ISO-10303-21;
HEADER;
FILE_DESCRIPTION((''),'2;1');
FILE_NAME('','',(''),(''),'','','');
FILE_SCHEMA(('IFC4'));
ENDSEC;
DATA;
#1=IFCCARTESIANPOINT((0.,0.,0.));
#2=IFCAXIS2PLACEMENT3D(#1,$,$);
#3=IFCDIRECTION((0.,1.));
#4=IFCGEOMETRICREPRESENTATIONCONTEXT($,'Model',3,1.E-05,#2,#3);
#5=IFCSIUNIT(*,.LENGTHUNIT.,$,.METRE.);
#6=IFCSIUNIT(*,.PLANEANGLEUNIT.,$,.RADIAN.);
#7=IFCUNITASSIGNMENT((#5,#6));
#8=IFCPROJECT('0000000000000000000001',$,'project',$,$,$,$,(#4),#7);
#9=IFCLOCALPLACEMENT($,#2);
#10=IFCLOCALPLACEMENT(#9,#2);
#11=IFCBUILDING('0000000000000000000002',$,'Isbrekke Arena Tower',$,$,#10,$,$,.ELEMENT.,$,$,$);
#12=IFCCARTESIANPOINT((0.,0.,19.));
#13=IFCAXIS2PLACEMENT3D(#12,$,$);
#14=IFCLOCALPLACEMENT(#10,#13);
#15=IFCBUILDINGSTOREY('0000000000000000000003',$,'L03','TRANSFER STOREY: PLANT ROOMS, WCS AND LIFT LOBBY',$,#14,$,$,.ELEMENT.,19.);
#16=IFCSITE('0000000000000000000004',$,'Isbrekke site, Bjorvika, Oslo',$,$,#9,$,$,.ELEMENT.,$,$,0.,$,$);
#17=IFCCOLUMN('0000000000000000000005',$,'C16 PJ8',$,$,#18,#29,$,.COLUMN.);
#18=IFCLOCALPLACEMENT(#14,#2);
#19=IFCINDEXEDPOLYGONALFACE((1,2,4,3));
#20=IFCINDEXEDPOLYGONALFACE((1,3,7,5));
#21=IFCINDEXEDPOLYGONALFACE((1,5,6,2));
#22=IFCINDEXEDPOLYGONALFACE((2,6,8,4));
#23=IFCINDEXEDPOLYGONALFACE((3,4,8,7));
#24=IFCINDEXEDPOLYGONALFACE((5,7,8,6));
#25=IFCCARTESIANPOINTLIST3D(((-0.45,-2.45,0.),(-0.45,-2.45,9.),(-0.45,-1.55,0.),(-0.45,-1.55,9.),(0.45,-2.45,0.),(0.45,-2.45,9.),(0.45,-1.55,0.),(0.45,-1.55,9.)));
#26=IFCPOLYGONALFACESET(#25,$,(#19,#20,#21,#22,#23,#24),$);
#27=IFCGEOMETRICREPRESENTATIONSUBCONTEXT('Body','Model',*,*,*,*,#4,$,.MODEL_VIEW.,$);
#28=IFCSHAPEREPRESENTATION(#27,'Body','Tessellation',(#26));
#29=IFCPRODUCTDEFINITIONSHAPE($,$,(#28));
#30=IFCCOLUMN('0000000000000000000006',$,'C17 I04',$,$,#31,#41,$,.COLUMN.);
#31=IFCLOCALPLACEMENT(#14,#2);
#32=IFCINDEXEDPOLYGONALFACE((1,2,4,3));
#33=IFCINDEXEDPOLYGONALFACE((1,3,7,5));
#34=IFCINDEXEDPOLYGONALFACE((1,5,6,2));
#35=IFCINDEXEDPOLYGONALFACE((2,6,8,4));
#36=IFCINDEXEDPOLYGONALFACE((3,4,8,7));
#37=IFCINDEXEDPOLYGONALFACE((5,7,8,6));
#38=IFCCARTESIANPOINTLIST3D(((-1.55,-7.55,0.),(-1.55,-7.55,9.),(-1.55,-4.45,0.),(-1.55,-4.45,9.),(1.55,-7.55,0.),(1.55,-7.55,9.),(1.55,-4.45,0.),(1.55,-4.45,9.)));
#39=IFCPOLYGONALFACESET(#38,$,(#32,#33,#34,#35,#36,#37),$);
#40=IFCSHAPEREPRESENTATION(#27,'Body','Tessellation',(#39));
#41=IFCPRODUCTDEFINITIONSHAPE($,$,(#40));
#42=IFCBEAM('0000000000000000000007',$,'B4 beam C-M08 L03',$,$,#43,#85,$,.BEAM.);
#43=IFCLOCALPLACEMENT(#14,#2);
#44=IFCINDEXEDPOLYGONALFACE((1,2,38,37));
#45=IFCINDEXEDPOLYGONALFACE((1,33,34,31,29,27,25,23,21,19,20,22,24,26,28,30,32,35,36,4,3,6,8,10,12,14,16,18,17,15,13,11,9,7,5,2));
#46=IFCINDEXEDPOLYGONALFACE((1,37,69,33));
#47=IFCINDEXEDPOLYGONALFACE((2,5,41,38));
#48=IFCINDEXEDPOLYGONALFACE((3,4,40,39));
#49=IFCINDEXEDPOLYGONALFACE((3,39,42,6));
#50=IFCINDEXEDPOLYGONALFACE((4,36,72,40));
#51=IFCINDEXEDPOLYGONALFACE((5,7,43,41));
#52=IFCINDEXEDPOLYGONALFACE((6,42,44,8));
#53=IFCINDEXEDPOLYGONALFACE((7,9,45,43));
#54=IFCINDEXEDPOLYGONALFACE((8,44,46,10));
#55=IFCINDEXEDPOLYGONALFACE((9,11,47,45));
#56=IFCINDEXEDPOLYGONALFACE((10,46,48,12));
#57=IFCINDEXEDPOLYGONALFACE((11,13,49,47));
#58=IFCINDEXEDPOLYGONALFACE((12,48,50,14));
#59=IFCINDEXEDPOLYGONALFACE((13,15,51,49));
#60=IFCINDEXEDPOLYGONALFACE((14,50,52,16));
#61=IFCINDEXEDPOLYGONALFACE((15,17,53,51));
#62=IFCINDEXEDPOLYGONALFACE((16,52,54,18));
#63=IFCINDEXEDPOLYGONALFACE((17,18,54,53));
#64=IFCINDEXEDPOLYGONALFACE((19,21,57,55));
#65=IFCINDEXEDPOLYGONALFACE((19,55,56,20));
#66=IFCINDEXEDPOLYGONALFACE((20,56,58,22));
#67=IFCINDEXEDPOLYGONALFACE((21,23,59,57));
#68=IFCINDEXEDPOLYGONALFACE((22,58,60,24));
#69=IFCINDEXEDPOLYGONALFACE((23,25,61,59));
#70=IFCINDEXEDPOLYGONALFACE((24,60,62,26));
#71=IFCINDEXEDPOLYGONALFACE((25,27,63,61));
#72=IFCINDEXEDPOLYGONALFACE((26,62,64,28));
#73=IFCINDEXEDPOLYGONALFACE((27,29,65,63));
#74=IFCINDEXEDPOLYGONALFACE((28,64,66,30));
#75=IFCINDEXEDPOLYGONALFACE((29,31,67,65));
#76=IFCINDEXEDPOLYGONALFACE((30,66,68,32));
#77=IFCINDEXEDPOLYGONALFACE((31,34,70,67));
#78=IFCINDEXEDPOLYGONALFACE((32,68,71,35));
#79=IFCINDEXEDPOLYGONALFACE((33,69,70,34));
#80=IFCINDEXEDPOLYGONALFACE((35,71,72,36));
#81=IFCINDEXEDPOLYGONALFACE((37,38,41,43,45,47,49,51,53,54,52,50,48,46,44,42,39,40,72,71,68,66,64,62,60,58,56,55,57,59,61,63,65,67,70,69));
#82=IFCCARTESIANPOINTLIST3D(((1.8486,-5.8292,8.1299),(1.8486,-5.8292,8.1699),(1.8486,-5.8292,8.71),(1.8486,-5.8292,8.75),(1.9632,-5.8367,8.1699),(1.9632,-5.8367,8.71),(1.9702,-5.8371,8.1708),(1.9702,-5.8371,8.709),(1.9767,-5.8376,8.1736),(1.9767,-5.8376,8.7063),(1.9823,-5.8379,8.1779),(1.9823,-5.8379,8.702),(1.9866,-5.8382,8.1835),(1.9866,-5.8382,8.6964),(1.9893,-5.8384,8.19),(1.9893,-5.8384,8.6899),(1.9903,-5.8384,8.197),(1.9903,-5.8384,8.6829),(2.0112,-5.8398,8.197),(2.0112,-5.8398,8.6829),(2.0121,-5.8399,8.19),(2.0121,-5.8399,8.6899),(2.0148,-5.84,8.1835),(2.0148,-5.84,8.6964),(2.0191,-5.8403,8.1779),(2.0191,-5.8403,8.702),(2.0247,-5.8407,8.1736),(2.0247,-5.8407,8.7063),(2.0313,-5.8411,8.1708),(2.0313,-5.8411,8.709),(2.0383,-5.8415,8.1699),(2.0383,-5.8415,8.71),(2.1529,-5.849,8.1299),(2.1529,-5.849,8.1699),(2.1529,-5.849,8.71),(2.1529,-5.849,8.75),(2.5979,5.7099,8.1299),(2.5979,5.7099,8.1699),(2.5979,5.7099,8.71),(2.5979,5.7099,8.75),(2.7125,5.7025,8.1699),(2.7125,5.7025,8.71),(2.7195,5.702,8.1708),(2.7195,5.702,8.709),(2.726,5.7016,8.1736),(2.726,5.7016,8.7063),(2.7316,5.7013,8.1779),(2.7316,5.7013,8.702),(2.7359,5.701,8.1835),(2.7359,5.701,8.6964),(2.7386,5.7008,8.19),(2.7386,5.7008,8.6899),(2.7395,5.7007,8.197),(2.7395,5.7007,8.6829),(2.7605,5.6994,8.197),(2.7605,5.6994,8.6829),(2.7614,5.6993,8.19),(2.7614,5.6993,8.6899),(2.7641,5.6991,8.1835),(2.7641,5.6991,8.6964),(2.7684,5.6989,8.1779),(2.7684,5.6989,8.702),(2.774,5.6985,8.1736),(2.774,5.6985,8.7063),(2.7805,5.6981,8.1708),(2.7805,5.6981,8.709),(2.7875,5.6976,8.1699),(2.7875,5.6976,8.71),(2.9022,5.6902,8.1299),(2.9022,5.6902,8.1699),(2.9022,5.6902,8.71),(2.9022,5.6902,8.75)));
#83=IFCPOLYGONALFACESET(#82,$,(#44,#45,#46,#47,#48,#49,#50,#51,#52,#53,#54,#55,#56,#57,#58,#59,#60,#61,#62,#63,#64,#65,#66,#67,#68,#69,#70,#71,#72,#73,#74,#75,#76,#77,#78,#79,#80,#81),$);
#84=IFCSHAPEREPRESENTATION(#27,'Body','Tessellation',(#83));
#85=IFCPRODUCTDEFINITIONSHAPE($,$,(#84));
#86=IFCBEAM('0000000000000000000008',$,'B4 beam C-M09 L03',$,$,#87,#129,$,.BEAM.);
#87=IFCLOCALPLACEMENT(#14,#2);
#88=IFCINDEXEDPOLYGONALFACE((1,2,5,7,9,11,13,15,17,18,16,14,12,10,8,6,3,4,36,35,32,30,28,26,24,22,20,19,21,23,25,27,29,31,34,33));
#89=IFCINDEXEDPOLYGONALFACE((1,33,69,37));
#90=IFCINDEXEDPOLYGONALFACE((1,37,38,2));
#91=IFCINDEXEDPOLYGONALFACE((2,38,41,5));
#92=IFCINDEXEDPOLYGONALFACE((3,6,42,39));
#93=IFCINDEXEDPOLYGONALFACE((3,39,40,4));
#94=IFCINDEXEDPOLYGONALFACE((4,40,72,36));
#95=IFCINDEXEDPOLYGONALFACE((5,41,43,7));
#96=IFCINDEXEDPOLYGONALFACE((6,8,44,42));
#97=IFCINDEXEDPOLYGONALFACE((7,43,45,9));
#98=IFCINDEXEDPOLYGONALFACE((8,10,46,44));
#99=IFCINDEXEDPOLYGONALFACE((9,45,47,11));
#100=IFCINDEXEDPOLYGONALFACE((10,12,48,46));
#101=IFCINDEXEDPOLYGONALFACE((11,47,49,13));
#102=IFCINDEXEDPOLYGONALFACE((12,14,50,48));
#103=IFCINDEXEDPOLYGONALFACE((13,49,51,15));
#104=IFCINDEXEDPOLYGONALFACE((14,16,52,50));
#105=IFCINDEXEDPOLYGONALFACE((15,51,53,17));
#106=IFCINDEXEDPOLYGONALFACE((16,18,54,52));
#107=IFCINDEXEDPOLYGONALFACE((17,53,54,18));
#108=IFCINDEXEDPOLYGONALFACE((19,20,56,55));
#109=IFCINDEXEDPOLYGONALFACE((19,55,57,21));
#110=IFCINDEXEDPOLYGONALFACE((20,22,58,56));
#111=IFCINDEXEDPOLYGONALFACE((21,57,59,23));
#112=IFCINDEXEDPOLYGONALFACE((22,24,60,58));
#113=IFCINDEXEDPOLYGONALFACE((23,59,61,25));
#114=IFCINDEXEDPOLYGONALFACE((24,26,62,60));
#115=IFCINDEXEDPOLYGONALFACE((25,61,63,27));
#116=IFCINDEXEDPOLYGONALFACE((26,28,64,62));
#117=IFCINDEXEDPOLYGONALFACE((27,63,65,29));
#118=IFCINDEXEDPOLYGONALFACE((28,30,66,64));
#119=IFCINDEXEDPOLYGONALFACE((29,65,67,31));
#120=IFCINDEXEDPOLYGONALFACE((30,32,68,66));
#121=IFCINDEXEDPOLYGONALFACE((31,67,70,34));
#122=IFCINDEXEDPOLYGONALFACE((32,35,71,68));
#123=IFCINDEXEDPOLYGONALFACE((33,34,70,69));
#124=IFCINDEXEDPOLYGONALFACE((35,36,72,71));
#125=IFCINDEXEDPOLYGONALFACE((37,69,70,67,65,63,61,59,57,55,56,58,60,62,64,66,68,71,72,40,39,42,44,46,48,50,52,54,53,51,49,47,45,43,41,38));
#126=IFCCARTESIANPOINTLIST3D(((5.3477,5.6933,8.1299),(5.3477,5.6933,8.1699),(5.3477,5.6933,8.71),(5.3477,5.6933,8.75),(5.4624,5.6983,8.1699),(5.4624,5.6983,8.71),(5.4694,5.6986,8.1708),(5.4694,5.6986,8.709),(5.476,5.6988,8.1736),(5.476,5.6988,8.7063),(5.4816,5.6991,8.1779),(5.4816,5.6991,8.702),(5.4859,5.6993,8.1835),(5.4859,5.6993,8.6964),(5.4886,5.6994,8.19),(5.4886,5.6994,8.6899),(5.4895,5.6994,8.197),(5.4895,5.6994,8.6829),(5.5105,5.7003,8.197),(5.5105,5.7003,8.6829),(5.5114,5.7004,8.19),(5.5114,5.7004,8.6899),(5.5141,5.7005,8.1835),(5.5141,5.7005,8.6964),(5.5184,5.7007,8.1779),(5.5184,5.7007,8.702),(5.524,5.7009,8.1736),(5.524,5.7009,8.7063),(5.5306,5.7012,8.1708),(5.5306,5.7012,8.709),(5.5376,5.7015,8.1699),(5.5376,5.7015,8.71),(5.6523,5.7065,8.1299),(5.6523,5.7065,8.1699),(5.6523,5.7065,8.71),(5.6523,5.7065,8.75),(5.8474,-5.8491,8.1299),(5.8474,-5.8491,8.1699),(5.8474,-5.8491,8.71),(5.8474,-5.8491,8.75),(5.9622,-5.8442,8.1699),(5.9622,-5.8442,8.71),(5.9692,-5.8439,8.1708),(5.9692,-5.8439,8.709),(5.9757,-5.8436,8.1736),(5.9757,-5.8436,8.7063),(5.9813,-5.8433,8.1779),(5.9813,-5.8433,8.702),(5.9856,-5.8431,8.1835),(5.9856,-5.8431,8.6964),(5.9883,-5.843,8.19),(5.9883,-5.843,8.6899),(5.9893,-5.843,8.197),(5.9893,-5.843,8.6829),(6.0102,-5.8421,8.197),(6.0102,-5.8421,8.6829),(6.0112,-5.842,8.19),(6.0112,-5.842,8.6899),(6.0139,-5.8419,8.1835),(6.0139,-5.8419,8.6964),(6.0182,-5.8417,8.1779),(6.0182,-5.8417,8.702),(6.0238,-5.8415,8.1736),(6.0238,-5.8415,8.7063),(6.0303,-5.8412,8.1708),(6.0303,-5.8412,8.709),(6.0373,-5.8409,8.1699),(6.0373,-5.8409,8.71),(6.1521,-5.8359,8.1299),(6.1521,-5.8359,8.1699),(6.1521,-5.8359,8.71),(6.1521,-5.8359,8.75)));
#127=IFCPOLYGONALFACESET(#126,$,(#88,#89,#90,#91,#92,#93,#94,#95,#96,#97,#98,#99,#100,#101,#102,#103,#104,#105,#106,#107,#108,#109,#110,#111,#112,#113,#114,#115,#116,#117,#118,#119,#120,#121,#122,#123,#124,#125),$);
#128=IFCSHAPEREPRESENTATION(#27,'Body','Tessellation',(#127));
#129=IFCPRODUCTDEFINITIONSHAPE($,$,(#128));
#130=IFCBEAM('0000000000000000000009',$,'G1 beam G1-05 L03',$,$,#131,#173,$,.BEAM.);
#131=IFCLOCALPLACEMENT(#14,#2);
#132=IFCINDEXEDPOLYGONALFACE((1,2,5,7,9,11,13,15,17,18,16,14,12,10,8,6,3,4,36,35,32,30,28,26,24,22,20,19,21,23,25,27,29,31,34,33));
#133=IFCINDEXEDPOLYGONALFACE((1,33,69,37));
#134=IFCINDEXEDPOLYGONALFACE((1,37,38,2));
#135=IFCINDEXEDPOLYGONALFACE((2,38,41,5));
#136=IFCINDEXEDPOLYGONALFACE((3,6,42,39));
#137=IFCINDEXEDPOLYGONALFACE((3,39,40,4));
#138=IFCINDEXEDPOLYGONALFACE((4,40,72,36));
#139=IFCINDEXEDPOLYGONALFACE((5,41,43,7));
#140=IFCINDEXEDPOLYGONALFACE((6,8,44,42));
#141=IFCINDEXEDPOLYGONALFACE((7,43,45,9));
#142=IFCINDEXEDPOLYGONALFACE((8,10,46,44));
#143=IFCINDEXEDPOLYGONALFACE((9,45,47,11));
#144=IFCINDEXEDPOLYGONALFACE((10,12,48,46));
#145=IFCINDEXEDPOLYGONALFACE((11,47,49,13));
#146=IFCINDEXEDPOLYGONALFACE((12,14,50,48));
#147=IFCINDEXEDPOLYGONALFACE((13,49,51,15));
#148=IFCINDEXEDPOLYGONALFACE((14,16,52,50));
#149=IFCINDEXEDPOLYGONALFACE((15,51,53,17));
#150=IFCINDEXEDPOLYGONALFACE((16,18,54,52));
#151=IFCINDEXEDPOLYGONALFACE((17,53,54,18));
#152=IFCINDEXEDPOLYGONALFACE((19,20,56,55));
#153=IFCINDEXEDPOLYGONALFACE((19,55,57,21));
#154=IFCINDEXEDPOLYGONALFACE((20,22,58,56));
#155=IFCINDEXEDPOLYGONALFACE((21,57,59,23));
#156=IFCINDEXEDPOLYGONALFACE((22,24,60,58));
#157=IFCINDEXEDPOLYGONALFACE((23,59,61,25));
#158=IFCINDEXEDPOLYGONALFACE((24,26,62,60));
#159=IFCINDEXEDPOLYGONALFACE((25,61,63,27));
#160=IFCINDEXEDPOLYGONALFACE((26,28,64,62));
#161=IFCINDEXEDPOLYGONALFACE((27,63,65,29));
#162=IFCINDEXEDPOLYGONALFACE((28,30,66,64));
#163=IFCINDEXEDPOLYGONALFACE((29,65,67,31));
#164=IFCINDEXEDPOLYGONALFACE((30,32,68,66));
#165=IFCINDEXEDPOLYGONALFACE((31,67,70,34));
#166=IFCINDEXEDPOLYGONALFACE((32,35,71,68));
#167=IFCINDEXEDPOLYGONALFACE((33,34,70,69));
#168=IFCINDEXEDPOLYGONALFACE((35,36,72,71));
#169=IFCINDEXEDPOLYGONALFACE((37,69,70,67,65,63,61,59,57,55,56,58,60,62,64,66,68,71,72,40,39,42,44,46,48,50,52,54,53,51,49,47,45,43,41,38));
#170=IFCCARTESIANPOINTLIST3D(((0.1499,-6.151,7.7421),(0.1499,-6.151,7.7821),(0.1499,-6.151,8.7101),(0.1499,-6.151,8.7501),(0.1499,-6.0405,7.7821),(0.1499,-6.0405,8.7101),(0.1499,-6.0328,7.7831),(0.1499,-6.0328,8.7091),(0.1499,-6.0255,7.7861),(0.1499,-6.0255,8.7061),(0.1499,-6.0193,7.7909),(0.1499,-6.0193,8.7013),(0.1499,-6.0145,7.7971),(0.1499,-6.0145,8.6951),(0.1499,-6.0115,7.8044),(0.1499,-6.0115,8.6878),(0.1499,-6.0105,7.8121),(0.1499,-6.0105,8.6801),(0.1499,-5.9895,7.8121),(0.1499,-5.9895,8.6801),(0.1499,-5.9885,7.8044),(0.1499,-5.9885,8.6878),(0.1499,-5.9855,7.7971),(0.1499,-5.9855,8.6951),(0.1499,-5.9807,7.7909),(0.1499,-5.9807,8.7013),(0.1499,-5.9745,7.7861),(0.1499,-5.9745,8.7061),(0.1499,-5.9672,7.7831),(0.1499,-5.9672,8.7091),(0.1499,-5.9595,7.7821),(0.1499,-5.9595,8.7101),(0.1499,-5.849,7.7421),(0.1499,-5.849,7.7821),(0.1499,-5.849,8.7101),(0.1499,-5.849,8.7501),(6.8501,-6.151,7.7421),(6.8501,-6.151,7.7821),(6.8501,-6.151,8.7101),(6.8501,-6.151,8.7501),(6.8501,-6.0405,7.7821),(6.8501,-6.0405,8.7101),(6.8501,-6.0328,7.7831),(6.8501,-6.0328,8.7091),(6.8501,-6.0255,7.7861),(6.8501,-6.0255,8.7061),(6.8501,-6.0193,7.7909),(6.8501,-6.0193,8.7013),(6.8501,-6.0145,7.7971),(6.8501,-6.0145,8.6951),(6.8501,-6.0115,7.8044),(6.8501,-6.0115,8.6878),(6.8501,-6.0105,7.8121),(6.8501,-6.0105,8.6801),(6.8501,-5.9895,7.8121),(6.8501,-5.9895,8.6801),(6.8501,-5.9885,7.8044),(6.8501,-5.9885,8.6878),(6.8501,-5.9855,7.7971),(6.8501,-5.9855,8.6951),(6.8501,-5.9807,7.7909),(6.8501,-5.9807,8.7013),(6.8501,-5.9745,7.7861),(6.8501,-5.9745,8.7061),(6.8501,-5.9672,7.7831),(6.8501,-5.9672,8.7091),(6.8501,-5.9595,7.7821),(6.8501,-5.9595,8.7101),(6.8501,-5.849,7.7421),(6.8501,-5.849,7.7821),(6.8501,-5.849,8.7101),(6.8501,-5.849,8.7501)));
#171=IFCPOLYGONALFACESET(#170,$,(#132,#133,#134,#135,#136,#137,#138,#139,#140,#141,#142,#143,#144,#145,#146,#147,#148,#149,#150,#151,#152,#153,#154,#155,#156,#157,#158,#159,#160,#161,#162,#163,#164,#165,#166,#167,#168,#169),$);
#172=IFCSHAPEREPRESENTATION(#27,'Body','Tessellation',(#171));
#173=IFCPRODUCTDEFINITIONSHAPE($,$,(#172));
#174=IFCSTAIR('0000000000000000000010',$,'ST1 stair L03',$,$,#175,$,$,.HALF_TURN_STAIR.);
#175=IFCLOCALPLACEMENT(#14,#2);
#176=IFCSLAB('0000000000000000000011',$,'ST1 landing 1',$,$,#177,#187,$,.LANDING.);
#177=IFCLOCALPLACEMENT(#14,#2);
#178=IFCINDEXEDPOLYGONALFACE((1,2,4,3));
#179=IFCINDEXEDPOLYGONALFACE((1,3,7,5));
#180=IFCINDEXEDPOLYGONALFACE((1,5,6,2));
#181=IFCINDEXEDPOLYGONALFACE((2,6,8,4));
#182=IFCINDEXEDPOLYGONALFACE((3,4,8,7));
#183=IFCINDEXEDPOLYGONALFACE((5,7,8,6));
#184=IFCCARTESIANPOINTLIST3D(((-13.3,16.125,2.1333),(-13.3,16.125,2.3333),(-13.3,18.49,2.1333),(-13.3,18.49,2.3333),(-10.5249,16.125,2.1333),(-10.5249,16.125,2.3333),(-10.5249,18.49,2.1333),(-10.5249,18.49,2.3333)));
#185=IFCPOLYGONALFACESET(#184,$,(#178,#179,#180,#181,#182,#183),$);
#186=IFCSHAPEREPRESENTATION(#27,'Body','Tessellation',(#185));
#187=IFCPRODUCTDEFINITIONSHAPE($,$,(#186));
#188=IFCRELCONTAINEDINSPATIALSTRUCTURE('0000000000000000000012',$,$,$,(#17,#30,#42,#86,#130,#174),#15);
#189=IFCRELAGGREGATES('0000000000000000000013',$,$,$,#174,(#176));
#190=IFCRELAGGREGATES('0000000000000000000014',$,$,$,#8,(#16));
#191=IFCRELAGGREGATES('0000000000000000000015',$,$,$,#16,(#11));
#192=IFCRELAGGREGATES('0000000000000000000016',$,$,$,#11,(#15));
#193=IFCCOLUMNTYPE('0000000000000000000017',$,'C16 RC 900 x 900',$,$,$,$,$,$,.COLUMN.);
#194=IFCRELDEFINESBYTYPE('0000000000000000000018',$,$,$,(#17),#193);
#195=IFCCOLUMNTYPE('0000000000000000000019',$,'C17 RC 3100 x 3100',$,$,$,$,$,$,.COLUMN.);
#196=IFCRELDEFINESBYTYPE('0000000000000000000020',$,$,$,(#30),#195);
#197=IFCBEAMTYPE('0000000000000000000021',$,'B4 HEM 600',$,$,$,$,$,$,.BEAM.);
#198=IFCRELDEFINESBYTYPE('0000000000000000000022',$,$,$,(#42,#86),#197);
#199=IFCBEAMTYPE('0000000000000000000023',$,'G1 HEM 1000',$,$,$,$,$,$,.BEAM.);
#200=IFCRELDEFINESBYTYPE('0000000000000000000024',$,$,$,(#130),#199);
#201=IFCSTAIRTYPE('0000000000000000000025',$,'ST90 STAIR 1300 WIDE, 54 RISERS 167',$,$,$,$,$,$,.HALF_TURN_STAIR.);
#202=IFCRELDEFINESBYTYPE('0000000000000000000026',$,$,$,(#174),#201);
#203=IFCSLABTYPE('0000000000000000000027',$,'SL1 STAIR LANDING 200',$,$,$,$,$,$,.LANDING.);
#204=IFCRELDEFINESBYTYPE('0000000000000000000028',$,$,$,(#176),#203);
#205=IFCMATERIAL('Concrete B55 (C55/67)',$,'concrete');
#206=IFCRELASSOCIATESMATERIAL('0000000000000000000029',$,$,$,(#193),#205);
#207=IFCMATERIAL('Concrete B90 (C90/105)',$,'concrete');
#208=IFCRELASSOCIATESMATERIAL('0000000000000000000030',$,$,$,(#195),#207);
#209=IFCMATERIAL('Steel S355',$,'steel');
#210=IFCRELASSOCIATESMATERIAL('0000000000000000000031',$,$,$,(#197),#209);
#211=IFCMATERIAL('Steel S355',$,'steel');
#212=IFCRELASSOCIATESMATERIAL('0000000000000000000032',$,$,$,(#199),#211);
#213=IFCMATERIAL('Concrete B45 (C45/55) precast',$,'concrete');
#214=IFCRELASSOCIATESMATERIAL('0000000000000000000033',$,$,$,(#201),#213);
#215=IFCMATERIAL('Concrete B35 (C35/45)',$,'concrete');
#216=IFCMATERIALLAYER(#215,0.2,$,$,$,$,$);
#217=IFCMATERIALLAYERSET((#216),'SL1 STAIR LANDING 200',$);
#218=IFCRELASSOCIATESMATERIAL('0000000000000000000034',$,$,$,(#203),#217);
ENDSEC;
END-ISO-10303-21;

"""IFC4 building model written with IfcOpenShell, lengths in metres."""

from ifc_helpers import new_model, si_unit, direction, frame, origin, origin_2d, place, context, subcontext, project, spatial, polyline, rectangle, i_section, outline, extrude, material, layer, layer_set, material_profile, profile_set, type_object, element, aggregate, save


model = new_model("IFC4")

# Units and contexts
model_context = context("Model", 3, precision=1e-05, world=origin(), true_north=direction((0.0, 1.0)))
body_context = subcontext(model_context, "Body", "Model", "MODEL_VIEW")
ifc_project = project(units=[si_unit("LENGTHUNIT", "METRE"), si_unit("PLANEANGLEUNIT", "RADIAN")], contexts=[model_context])

# Site, building, storey
site_placement = place(None, origin())
site = spatial("IfcSite", under=ifc_project, at=site_placement, Name="Isbrekke site, Bjorvika, Oslo", CompositionType="ELEMENT", RefElevation=0.0)
building_placement = place(site_placement, origin())
building = spatial("IfcBuilding", under=site, at=building_placement, Name="Isbrekke Arena Tower", CompositionType="ELEMENT")
storey_placement = place(building_placement, frame((0.0, 0.0, 19.0)))
storey = spatial("IfcBuildingStorey", under=building, at=storey_placement, Name="L03", Description="TRANSFER STOREY: PLANT ROOMS, WCS AND LIFT LOBBY", CompositionType="ELEMENT", Elevation=19.0)

# Columns
ifc_material_1 = material(Name="Concrete B55 (C55/67)", Category="concrete")
ifc_material_profile_1 = material_profile(ifc_material_1, rectangle(XDim=0.8999, YDim=0.8999, at=origin_2d()), Name="RC 900x900")
ifc_profile_set_1 = profile_set([ifc_material_profile_1], Name="Concrete B55 (C55/67)")
column_type_1 = type_object("IfcColumnType", Name="C16 RC 900 x 900", PredefinedType="COLUMN", material=ifc_profile_set_1)
column_1_placement = place(storey_placement, frame((0.0, -2.0, 0.0), z_axis=(0.0, 0.0, 1.0), x_axis=(1.0, 0.0, 0.0)))
element("IfcColumn", 1, at=column_1_placement, inside=storey, type_object=column_type_1, Name="C16 PJ8", PredefinedType="COLUMN", context=body_context, shape_type="SweptSolid", body=[
    extrude(rectangle(XDim=0.8999, YDim=0.8999, at=origin_2d()), origin(), (0.0, 0.0, 1.0), 9.0),
])
ifc_material_2 = material(Name="Concrete B90 (C90/105)", Category="concrete")
ifc_material_profile_2 = material_profile(ifc_material_2, rectangle(XDim=3.1001, YDim=3.1001, at=origin_2d()), Name="RC 3100x3100")
ifc_profile_set_2 = profile_set([ifc_material_profile_2], Name="Concrete B90 (C90/105)")
column_type_2 = type_object("IfcColumnType", Name="C17 RC 3100 x 3100", PredefinedType="COLUMN", material=ifc_profile_set_2)
column_2_placement = place(storey_placement, frame((0.0, -6.0, 0.0), z_axis=(0.0, 0.0, 1.0), x_axis=(1.0, 0.0, 0.0)))
element("IfcColumn", 2, at=column_2_placement, inside=storey, type_object=column_type_2, Name="C17 I04", PredefinedType="COLUMN", context=body_context, shape_type="SweptSolid", body=[
    extrude(rectangle(XDim=3.1001, YDim=3.1001, at=origin_2d()), origin(), (0.0, 0.0, 1.0), 9.0),
])

# Beams
ifc_material_3 = material(Name="Steel S355", Category="steel")
ifc_material_profile_3 = material_profile(ifc_material_3, i_section(OverallWidth=0.3049, OverallDepth=0.6201, WebThickness=0.021, FlangeThickness=0.04, FilletRadius=0.0271, at=origin_2d()), Name="HEM 600")
ifc_profile_set_3 = profile_set([ifc_material_profile_3], Name="Steel S355")
beam_type_1 = type_object("IfcBeamType", Name="B4 HEM 600", PredefinedType="BEAM", material=ifc_profile_set_3)
beam_1_placement = place(storey_placement, frame((2.0007, -5.8391, 8.4399), z_axis=(0.064797, 0.997898, 0.0), x_axis=(-0.997898, 0.064797, 0.0)))
element("IfcBeam", 3, at=beam_1_placement, inside=storey, type_object=beam_type_1, Name="B4 beam C-M08 L03", PredefinedType="BEAM", context=body_context, shape_type="SweptSolid", body=[
    extrude(i_section(OverallWidth=0.3049, OverallDepth=0.6201, WebThickness=0.021, FlangeThickness=0.04, FilletRadius=0.0271, at=origin_2d()), origin(), (0.0, 0.0, 1.0), 11.5635),
])
beam_2_placement = place(storey_placement, frame((5.9998, -5.8425, 8.4399), z_axis=(-0.043257, 0.999064, 0.0), x_axis=(-0.999064, -0.043257, 0.0)))
element("IfcBeam", 4, at=beam_2_placement, inside=storey, type_object=beam_type_1, Name="B4 beam C-M09 L03", PredefinedType="BEAM", context=body_context, shape_type="SweptSolid", body=[
    extrude(i_section(OverallWidth=0.3049, OverallDepth=0.6201, WebThickness=0.021, FlangeThickness=0.04, FilletRadius=0.0271, at=origin_2d()), origin(), (0.0, 0.0, 1.0), 11.5532),
])
ifc_material_4 = material(Name="Steel S355", Category="steel")
ifc_material_profile_4 = material_profile(ifc_material_4, i_section(OverallWidth=0.302, OverallDepth=1.0081, WebThickness=0.021, FlangeThickness=0.04, FilletRadius=0.03, at=origin_2d()), Name="HEM 1000")
ifc_profile_set_4 = profile_set([ifc_material_profile_4], Name="Steel S355")
beam_type_2 = type_object("IfcBeamType", Name="G1 HEM 1000", PredefinedType="BEAM", material=ifc_profile_set_4)
beam_3_placement = place(storey_placement, frame((0.1499, -6.0, 8.2461), z_axis=(1.0, 0.0, 0.0), x_axis=(0.0, 1.0, 0.0)))
element("IfcBeam", 5, at=beam_3_placement, inside=storey, type_object=beam_type_2, Name="G1 beam G1-05 L03", PredefinedType="BEAM", context=body_context, shape_type="SweptSolid", body=[
    extrude(i_section(OverallWidth=0.302, OverallDepth=1.0081, WebThickness=0.021, FlangeThickness=0.04, FilletRadius=0.03, at=origin_2d()), origin(), (0.0, 0.0, 1.0), 6.7002),
])

# Stair, slab
ifc_material_5 = material(Name="Concrete B45 (C45/55) precast", Category="concrete")
stair_type = type_object("IfcStairType", Name="ST90 STAIR 1300 WIDE, 54 RISERS 167", PredefinedType="HALF_TURN_STAIR", material=ifc_material_5)
stair_1_placement = place(storey_placement, origin())
stair_1 = element("IfcStair", 6, at=stair_1_placement, inside=storey, type_object=stair_type, Name="ST1 stair L03", PredefinedType="HALF_TURN_STAIR")
ifc_material_6 = material(Name="Concrete B35 (C35/45)", Category="concrete")
ifc_layer_1 = layer(ifc_material_6, 0.2)
ifc_layer_set_1 = layer_set([ifc_layer_1], Name="SL1 STAIR LANDING 200")
slab_type_1 = type_object("IfcSlabType", Name="SL1 STAIR LANDING 200", PredefinedType="LANDING", material=ifc_layer_set_1)
slab_1_placement = place(storey_placement, frame((0.0, 0.0, 2.1333)))
slab_1 = element("IfcSlab", 7, at=slab_1_placement, type_object=slab_type_1, Name="ST1 landing 1", PredefinedType="LANDING", context=body_context, shape_type="SweptSolid", body=[
    extrude(outline(polyline([(-13.3, 16.125), (-10.5249, 16.125), (-10.5249, 18.49), (-13.3, 18.49), (-13.3, 16.125)])), origin(), (0.0, 0.0, 1.0), 0.2),
])
aggregate(stair_1, [slab_1])

save(model, "model.ifc")
